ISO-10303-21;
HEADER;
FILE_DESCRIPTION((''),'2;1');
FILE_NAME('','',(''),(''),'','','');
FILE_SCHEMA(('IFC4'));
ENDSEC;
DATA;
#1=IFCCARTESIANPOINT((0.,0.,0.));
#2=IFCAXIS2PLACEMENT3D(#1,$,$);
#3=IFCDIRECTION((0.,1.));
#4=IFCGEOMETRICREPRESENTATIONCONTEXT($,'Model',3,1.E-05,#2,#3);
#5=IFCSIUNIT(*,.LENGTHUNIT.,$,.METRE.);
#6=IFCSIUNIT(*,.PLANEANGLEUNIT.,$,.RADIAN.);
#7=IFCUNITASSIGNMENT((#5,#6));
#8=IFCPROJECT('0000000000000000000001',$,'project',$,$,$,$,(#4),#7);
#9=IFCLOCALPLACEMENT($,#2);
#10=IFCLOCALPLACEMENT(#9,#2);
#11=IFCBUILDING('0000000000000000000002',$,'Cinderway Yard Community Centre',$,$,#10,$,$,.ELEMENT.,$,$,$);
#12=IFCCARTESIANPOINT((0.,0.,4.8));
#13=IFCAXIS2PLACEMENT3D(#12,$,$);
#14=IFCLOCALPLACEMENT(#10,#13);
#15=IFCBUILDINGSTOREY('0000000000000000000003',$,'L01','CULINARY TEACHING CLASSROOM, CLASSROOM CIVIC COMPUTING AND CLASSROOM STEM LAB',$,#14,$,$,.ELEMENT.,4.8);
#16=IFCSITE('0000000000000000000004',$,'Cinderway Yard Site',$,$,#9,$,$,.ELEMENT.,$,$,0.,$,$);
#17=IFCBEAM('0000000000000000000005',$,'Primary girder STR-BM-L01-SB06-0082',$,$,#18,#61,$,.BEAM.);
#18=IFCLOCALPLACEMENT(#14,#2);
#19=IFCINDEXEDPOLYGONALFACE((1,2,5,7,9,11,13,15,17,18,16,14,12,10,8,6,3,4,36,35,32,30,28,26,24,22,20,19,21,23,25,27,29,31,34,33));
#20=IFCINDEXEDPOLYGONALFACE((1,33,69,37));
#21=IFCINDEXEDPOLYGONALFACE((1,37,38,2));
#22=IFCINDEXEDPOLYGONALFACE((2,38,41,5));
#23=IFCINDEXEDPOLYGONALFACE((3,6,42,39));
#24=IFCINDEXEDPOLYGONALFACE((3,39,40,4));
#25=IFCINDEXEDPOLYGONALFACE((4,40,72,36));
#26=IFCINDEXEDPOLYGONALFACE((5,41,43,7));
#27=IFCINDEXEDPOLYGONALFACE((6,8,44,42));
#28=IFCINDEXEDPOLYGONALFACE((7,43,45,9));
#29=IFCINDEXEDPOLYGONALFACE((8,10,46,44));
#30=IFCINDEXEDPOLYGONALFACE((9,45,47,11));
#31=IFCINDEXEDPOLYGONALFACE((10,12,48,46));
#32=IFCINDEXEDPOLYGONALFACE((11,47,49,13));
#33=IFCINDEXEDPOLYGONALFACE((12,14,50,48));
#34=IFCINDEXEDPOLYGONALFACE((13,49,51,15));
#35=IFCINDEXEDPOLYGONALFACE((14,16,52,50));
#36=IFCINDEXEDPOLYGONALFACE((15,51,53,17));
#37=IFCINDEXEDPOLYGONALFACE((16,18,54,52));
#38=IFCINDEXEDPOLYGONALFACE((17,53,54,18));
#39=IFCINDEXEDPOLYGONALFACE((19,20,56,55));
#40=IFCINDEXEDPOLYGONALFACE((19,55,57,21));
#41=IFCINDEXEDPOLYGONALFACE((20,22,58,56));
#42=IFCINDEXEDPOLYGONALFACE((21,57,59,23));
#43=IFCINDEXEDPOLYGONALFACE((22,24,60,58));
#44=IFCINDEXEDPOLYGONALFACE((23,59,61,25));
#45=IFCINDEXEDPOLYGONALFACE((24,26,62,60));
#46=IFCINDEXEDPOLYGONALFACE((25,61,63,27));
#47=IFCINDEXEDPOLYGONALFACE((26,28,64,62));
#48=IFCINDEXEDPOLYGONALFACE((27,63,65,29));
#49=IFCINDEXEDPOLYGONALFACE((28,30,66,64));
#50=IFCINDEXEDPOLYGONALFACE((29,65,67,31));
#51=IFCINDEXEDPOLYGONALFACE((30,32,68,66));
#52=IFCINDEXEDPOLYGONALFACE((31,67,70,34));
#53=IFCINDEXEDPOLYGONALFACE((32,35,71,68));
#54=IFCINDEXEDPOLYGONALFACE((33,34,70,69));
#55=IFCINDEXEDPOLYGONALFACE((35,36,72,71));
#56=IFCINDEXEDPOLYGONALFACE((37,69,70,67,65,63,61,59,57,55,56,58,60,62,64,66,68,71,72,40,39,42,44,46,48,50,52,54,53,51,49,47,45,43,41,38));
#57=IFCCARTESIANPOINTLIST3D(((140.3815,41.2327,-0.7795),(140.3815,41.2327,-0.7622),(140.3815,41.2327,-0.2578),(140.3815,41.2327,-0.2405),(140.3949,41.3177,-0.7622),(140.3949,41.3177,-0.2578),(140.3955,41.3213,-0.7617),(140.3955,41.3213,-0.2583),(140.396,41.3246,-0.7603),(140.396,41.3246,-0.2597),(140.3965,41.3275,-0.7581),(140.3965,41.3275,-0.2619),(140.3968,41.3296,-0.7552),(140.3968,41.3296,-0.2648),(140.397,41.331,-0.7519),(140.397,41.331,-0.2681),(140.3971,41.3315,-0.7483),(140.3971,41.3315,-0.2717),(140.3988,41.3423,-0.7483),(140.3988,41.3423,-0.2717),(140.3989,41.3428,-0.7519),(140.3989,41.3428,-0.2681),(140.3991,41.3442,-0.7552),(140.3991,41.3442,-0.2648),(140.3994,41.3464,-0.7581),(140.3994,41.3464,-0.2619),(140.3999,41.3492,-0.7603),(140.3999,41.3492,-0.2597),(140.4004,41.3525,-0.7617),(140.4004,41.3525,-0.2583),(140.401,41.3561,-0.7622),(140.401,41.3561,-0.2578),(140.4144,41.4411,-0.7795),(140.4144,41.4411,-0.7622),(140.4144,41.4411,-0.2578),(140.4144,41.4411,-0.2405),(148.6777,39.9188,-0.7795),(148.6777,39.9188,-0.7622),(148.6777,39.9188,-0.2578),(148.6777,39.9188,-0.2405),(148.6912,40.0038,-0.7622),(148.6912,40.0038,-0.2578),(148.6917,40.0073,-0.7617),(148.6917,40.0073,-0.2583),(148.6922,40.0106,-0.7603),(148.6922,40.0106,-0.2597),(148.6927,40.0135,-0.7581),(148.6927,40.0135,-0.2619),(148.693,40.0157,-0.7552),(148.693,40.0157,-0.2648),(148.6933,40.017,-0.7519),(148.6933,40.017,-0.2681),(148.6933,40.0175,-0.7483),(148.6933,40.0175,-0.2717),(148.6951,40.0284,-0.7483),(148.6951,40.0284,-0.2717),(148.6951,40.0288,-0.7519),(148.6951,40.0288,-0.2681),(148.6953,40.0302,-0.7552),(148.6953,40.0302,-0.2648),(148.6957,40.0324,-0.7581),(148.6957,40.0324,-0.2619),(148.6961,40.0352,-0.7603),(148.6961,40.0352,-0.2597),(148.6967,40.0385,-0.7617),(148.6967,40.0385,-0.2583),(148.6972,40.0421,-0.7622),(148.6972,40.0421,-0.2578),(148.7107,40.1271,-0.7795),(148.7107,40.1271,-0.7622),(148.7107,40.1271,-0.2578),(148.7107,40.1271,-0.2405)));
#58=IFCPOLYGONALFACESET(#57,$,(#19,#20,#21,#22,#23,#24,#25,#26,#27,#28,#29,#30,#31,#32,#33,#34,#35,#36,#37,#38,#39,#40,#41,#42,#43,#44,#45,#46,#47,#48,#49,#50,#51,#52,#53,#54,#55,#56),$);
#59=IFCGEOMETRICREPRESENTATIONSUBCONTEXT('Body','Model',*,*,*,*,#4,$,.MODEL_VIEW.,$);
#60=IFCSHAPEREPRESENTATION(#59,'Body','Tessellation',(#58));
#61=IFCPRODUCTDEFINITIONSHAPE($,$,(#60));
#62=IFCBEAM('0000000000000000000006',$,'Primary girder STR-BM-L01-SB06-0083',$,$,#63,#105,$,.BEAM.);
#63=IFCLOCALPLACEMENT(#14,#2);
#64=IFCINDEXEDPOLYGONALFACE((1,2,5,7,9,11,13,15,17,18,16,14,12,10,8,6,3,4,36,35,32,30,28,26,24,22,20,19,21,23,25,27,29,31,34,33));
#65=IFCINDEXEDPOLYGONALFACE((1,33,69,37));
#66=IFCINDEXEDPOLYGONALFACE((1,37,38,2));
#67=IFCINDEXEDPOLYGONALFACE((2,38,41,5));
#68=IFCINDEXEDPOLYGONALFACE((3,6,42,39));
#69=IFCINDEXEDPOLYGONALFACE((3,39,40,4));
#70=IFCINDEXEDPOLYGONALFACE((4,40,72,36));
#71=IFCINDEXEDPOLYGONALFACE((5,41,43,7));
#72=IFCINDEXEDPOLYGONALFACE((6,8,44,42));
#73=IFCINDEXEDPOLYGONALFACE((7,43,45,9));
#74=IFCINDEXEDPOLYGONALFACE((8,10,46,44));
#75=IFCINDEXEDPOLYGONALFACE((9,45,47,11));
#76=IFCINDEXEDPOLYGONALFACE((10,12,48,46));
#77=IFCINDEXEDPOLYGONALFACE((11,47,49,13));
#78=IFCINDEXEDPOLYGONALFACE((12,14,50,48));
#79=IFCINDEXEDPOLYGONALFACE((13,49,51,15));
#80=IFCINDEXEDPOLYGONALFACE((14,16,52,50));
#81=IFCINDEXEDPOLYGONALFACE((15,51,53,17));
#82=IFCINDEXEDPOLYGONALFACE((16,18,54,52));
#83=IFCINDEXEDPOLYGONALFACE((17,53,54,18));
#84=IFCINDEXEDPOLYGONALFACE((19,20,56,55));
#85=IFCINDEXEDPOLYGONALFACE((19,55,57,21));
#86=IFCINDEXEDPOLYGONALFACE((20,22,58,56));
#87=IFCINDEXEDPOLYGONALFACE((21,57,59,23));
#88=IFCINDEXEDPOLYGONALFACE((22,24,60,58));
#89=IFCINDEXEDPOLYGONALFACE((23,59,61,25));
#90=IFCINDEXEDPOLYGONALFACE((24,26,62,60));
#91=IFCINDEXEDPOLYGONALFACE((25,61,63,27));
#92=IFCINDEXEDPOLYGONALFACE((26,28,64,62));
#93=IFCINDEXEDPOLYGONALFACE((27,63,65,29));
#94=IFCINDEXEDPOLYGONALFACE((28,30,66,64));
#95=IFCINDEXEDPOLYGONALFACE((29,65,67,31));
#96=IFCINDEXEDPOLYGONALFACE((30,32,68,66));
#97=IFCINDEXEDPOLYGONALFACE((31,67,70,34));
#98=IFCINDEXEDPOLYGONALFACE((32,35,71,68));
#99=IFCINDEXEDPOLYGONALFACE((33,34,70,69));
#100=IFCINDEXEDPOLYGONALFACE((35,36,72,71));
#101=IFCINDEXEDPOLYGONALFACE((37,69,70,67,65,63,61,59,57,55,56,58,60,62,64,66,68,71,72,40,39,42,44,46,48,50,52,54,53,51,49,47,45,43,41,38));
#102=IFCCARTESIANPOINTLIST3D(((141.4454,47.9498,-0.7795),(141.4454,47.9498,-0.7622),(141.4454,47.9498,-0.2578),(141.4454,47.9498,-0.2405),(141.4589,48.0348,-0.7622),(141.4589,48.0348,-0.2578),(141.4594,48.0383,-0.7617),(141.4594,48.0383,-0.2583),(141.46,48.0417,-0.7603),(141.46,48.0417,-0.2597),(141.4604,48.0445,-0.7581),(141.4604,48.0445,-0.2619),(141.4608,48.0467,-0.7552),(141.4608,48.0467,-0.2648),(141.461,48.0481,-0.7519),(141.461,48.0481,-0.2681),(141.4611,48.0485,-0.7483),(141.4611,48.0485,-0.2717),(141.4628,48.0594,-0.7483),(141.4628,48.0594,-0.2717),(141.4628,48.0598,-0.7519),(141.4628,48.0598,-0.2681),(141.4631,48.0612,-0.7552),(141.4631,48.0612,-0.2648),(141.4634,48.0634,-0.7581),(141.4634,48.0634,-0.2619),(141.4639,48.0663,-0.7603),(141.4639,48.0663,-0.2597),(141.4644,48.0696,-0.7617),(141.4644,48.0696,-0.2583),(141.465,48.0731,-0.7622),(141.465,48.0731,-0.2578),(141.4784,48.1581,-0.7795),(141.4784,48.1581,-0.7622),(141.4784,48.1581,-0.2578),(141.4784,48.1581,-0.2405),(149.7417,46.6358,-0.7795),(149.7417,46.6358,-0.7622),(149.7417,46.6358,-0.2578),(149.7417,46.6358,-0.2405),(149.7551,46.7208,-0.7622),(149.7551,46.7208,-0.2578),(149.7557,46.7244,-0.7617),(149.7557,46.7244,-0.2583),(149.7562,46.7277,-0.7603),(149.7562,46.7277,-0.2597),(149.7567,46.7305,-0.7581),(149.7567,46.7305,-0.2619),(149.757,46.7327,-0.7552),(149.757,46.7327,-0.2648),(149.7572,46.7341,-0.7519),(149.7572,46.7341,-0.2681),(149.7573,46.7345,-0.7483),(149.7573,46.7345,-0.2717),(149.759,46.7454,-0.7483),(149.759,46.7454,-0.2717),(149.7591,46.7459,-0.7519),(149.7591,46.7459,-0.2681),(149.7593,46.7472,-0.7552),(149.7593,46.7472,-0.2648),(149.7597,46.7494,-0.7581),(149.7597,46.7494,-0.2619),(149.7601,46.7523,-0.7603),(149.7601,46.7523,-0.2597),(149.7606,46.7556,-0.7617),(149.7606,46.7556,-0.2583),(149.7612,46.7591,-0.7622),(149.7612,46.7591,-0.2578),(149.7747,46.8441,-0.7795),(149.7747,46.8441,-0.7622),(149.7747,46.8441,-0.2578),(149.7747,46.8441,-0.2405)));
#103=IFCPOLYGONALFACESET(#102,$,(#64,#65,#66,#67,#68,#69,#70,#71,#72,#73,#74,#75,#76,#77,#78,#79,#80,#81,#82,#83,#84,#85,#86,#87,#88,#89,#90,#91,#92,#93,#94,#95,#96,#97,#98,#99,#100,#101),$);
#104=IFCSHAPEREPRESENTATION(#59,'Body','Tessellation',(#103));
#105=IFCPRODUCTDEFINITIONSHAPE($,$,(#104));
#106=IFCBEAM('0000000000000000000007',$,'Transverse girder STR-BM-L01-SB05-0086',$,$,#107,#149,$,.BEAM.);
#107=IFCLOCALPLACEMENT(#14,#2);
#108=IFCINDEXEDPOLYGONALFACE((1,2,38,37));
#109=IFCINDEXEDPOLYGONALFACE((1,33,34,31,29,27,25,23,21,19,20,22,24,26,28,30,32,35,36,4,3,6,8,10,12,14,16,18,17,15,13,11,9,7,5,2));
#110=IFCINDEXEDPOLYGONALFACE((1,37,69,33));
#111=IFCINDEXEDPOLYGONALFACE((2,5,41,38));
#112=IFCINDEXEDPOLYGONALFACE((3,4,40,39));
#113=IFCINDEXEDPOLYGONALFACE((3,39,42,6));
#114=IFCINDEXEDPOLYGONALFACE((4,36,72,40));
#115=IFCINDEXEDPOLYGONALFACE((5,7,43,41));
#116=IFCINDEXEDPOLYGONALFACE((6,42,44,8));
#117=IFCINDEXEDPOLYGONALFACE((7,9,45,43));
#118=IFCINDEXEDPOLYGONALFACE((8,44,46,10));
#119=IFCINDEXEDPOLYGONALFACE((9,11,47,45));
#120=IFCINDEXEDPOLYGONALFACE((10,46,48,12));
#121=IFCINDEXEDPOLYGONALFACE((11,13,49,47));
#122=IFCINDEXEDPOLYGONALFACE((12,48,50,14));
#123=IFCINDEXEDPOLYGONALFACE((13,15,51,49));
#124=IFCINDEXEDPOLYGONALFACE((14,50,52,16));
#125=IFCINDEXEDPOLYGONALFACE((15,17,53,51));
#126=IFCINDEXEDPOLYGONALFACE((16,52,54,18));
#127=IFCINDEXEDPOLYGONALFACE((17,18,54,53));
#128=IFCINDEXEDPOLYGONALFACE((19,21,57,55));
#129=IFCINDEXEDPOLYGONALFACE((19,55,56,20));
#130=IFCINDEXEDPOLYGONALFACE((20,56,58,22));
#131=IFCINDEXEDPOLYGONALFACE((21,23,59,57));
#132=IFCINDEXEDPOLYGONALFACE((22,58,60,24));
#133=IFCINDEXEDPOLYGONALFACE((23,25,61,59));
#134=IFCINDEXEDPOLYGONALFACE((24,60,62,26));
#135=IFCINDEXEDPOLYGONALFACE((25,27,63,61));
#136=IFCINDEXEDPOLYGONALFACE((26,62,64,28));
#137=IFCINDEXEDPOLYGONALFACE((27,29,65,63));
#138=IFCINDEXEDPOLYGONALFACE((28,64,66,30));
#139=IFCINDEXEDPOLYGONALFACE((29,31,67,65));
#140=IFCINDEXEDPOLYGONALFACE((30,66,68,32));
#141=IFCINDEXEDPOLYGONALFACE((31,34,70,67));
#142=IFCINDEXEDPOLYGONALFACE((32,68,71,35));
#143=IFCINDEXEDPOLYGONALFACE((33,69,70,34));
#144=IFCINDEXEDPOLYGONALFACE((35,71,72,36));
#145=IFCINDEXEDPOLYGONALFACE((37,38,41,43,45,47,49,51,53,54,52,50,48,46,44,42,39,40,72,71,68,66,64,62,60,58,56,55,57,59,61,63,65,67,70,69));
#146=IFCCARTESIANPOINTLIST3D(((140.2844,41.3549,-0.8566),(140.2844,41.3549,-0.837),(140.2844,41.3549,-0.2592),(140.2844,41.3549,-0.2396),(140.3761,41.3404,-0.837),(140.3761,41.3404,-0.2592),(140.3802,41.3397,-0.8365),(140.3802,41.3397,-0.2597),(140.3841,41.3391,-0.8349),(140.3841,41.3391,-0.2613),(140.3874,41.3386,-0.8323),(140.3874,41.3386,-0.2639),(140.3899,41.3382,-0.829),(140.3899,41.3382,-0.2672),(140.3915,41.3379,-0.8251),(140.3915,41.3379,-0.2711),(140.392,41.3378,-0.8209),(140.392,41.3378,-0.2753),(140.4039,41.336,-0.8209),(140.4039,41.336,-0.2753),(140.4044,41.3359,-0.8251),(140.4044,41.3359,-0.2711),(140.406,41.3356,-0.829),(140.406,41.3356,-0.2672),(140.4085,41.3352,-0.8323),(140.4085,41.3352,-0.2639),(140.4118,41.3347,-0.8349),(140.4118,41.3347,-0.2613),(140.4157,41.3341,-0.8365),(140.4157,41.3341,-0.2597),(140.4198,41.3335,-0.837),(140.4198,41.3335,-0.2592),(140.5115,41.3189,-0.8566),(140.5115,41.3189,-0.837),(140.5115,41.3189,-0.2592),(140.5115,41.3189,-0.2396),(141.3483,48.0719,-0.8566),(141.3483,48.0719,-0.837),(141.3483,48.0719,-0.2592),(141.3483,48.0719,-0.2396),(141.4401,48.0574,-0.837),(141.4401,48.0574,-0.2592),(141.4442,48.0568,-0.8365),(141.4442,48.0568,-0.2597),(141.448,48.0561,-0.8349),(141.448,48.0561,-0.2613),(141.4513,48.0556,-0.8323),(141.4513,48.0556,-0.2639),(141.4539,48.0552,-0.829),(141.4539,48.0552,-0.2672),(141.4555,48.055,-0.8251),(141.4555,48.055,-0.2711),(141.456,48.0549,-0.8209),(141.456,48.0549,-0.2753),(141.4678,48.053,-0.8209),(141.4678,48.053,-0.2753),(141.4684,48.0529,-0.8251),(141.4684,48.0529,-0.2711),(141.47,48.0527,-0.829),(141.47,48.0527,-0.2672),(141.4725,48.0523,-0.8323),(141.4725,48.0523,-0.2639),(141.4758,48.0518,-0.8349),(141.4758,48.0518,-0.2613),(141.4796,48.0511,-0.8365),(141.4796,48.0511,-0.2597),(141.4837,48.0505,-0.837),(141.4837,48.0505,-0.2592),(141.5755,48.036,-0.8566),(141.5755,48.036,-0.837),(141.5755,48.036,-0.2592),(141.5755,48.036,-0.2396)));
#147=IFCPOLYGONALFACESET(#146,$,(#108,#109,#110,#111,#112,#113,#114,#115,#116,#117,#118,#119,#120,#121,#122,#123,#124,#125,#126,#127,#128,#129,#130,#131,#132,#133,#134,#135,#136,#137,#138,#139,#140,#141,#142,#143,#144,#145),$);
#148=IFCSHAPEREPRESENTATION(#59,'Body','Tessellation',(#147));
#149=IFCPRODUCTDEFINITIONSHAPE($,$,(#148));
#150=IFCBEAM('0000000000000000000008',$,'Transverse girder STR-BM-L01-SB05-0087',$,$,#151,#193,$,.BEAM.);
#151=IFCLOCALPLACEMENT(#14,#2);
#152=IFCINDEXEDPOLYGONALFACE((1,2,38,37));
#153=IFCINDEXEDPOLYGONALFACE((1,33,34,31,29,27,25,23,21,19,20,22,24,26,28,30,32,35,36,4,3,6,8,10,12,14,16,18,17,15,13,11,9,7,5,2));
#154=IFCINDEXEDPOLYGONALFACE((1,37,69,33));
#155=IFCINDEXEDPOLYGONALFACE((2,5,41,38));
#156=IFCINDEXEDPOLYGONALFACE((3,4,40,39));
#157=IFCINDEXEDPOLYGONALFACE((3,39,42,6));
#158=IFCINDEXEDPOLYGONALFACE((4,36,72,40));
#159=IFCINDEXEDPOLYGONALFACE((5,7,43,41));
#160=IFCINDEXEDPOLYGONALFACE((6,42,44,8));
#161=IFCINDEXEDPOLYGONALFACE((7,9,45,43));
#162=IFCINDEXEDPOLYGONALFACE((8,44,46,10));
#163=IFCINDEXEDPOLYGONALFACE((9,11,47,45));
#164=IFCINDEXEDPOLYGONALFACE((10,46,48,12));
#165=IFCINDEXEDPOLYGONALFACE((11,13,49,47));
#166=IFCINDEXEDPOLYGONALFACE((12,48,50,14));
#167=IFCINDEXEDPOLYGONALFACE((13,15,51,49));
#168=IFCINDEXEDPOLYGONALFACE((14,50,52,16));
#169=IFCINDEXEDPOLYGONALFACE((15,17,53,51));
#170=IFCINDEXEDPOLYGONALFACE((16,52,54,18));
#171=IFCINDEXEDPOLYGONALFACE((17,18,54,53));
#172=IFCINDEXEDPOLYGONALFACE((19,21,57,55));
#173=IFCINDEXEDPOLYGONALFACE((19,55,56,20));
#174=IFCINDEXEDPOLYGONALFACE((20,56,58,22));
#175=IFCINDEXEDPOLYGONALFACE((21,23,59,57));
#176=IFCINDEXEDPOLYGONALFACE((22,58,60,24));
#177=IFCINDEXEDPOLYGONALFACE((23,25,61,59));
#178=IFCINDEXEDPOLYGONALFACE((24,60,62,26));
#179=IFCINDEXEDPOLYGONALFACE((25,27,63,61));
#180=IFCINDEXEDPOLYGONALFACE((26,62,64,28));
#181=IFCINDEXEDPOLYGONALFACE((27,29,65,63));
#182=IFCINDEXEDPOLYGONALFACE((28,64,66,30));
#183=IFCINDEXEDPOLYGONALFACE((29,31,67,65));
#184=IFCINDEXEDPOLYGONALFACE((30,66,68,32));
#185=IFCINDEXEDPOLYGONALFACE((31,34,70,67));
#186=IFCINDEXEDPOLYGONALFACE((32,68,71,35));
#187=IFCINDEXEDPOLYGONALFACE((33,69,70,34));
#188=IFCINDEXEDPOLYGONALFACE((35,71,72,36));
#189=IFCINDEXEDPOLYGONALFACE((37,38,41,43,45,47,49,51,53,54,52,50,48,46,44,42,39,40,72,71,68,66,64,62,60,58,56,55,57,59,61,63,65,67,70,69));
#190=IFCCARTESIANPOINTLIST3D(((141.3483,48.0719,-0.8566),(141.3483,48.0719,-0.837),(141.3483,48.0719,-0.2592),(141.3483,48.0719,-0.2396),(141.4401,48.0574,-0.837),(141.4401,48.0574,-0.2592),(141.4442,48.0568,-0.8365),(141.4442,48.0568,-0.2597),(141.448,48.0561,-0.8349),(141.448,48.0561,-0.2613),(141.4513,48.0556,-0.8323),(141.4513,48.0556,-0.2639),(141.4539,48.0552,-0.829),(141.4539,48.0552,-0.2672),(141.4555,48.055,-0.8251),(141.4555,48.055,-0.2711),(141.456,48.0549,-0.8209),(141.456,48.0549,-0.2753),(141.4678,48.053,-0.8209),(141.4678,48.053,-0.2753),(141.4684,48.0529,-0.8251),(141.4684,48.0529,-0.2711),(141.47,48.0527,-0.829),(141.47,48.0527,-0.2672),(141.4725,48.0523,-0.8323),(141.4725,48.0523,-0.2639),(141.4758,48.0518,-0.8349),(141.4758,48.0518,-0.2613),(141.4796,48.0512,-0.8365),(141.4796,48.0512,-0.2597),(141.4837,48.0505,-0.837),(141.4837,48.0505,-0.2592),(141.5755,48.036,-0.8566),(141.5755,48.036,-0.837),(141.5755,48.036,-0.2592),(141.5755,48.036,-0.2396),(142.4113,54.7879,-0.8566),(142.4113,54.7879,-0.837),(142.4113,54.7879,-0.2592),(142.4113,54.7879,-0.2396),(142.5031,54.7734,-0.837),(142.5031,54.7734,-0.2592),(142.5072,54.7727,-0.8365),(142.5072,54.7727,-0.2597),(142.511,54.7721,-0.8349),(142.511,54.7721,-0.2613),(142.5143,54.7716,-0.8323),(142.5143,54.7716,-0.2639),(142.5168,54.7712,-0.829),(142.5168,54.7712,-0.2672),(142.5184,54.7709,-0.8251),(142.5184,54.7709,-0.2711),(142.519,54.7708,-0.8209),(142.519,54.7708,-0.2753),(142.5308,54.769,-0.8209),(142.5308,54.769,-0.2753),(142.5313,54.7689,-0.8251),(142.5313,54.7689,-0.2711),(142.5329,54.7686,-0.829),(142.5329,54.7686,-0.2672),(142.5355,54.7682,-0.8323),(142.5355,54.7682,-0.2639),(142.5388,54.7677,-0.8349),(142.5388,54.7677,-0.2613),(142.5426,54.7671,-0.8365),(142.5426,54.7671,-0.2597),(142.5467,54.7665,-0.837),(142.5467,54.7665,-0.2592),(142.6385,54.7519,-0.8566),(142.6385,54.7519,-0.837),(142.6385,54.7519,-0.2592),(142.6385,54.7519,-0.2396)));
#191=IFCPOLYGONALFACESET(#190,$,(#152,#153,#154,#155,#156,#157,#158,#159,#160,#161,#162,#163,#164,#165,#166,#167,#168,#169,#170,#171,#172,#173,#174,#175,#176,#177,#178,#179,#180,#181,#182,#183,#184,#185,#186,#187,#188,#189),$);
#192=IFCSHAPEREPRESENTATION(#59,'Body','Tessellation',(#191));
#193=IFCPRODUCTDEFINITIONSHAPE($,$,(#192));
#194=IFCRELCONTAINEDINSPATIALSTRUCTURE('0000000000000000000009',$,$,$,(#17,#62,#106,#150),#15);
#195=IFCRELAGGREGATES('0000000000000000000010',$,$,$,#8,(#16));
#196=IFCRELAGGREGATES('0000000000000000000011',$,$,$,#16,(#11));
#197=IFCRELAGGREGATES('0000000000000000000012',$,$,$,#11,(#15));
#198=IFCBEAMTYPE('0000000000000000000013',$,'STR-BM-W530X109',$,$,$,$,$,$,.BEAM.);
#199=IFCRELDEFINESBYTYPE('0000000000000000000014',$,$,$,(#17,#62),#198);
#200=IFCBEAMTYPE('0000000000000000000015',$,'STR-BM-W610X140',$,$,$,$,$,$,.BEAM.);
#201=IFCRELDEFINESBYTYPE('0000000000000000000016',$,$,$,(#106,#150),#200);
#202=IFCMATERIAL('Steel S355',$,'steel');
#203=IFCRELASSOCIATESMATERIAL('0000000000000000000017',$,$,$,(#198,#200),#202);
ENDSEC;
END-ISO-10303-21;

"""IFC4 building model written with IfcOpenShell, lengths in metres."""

from ifc_helpers import new_model, si_unit, direction, frame, origin, origin_2d, place, context, subcontext, project, spatial, i_section, extrude, material, material_profile, profile_set, type_object, element, save


model = new_model("IFC4")

# Units and contexts
model_context = context("Model", 3, precision=1e-05, world=origin(), true_north=direction((0.0, 1.0)))
body_context = subcontext(model_context, "Body", "Model", "MODEL_VIEW")
ifc_project = project(units=[si_unit("LENGTHUNIT", "METRE"), si_unit("PLANEANGLEUNIT", "RADIAN")], contexts=[model_context])

# Site, building, storey
site_placement = place(None, origin())
site = spatial("IfcSite", under=ifc_project, at=site_placement, Name="Cinderway Yard Site", CompositionType="ELEMENT", RefElevation=0.0)
building_placement = place(site_placement, origin())
building = spatial("IfcBuilding", under=site, at=building_placement, Name="Cinderway Yard Community Centre", CompositionType="ELEMENT")
storey_placement = place(building_placement, frame((0.0, 0.0, 4.8)))
storey = spatial("IfcBuildingStorey", under=building, at=storey_placement, Name="L01", Description="CULINARY TEACHING CLASSROOM, CLASSROOM CIVIC COMPUTING AND CLASSROOM STEM LAB", CompositionType="ELEMENT", Elevation=4.8)

# Beams
ifc_material_1 = material(Name="Steel S355", Category="steel")
ifc_material_profile_1 = material_profile(ifc_material_1, i_section(OverallWidth=0.2109, OverallDepth=0.5391, WebThickness=0.011, FlangeThickness=0.0173, FilletRadius=0.0139, at=origin_2d()), Name="Steel S355")
ifc_profile_set_1 = profile_set([ifc_material_profile_1], Name="Steel S355")
beam_type_1 = type_object("IfcBeamType", Name="STR-BM-W530X109", PredefinedType="BEAM", material=ifc_profile_set_1)
for number, where, z_axis, x_axis, name in (
    (1, (140.3979, 41.3369, -0.51), (0.987689, -0.156433, 0.0), (0.156433, 0.987689, 0.0), "Primary girder STR-BM-L01-SB06-0082"),
    (2, (141.4619, 48.054, -0.51), (0.987689, -0.156433, 0.0), (0.156433, 0.987689, 0.0), "Primary girder STR-BM-L01-SB06-0083"),
):
    element("IfcBeam", number, at=place(storey_placement, frame(where, z_axis=z_axis, x_axis=x_axis)), inside=storey, type_object=beam_type_1, Name=name, PredefinedType="BEAM", context=body_context, shape_type="SweptSolid", body=[
        extrude(i_section(OverallWidth=0.2109, OverallDepth=0.5391, WebThickness=0.011, FlangeThickness=0.0173, FilletRadius=0.0139, at=origin_2d()), origin(), (0.0, 0.0, 1.0), 8.3997),
    ])
ifc_material_profile_2 = material_profile(ifc_material_1, i_section(OverallWidth=0.23, OverallDepth=0.6169, WebThickness=0.012, FlangeThickness=0.0195, FilletRadius=0.0161, at=origin_2d()), Name="Steel S355")
ifc_profile_set_2 = profile_set([ifc_material_profile_2], Name="Steel S355")
beam_type_2 = type_object("IfcBeamType", Name="STR-BM-W610X140", PredefinedType="BEAM", material=ifc_profile_set_2)
beam_1_placement = place(storey_placement, frame((140.3979, 41.3369, -0.5481), z_axis=(0.156447, 0.987686, 0.0), x_axis=(-0.987686, 0.156447, 0.0)))
element("IfcBeam", 3, at=beam_1_placement, inside=storey, type_object=beam_type_2, Name="Transverse girder STR-BM-L01-SB05-0086", PredefinedType="BEAM", context=body_context, shape_type="SweptSolid", body=[
    extrude(i_section(OverallWidth=0.23, OverallDepth=0.6169, WebThickness=0.012, FlangeThickness=0.0195, FilletRadius=0.0161, at=origin_2d()), origin(), (0.0, 0.0, 1.0), 6.8008),
])
beam_2_placement = place(storey_placement, frame((141.4619, 48.054, -0.5481), z_axis=(0.156329, 0.987705, 0.0), x_axis=(-0.987705, 0.156329, 0.0)))
element("IfcBeam", 4, at=beam_2_placement, inside=storey, type_object=beam_type_2, Name="Transverse girder STR-BM-L01-SB05-0087", PredefinedType="BEAM", context=body_context, shape_type="SweptSolid", body=[
    extrude(i_section(OverallWidth=0.23, OverallDepth=0.6169, WebThickness=0.012, FlangeThickness=0.0195, FilletRadius=0.0161, at=origin_2d()), origin(), (0.0, 0.0, 1.0), 6.7996),
])

save(model, "model.ifc")
